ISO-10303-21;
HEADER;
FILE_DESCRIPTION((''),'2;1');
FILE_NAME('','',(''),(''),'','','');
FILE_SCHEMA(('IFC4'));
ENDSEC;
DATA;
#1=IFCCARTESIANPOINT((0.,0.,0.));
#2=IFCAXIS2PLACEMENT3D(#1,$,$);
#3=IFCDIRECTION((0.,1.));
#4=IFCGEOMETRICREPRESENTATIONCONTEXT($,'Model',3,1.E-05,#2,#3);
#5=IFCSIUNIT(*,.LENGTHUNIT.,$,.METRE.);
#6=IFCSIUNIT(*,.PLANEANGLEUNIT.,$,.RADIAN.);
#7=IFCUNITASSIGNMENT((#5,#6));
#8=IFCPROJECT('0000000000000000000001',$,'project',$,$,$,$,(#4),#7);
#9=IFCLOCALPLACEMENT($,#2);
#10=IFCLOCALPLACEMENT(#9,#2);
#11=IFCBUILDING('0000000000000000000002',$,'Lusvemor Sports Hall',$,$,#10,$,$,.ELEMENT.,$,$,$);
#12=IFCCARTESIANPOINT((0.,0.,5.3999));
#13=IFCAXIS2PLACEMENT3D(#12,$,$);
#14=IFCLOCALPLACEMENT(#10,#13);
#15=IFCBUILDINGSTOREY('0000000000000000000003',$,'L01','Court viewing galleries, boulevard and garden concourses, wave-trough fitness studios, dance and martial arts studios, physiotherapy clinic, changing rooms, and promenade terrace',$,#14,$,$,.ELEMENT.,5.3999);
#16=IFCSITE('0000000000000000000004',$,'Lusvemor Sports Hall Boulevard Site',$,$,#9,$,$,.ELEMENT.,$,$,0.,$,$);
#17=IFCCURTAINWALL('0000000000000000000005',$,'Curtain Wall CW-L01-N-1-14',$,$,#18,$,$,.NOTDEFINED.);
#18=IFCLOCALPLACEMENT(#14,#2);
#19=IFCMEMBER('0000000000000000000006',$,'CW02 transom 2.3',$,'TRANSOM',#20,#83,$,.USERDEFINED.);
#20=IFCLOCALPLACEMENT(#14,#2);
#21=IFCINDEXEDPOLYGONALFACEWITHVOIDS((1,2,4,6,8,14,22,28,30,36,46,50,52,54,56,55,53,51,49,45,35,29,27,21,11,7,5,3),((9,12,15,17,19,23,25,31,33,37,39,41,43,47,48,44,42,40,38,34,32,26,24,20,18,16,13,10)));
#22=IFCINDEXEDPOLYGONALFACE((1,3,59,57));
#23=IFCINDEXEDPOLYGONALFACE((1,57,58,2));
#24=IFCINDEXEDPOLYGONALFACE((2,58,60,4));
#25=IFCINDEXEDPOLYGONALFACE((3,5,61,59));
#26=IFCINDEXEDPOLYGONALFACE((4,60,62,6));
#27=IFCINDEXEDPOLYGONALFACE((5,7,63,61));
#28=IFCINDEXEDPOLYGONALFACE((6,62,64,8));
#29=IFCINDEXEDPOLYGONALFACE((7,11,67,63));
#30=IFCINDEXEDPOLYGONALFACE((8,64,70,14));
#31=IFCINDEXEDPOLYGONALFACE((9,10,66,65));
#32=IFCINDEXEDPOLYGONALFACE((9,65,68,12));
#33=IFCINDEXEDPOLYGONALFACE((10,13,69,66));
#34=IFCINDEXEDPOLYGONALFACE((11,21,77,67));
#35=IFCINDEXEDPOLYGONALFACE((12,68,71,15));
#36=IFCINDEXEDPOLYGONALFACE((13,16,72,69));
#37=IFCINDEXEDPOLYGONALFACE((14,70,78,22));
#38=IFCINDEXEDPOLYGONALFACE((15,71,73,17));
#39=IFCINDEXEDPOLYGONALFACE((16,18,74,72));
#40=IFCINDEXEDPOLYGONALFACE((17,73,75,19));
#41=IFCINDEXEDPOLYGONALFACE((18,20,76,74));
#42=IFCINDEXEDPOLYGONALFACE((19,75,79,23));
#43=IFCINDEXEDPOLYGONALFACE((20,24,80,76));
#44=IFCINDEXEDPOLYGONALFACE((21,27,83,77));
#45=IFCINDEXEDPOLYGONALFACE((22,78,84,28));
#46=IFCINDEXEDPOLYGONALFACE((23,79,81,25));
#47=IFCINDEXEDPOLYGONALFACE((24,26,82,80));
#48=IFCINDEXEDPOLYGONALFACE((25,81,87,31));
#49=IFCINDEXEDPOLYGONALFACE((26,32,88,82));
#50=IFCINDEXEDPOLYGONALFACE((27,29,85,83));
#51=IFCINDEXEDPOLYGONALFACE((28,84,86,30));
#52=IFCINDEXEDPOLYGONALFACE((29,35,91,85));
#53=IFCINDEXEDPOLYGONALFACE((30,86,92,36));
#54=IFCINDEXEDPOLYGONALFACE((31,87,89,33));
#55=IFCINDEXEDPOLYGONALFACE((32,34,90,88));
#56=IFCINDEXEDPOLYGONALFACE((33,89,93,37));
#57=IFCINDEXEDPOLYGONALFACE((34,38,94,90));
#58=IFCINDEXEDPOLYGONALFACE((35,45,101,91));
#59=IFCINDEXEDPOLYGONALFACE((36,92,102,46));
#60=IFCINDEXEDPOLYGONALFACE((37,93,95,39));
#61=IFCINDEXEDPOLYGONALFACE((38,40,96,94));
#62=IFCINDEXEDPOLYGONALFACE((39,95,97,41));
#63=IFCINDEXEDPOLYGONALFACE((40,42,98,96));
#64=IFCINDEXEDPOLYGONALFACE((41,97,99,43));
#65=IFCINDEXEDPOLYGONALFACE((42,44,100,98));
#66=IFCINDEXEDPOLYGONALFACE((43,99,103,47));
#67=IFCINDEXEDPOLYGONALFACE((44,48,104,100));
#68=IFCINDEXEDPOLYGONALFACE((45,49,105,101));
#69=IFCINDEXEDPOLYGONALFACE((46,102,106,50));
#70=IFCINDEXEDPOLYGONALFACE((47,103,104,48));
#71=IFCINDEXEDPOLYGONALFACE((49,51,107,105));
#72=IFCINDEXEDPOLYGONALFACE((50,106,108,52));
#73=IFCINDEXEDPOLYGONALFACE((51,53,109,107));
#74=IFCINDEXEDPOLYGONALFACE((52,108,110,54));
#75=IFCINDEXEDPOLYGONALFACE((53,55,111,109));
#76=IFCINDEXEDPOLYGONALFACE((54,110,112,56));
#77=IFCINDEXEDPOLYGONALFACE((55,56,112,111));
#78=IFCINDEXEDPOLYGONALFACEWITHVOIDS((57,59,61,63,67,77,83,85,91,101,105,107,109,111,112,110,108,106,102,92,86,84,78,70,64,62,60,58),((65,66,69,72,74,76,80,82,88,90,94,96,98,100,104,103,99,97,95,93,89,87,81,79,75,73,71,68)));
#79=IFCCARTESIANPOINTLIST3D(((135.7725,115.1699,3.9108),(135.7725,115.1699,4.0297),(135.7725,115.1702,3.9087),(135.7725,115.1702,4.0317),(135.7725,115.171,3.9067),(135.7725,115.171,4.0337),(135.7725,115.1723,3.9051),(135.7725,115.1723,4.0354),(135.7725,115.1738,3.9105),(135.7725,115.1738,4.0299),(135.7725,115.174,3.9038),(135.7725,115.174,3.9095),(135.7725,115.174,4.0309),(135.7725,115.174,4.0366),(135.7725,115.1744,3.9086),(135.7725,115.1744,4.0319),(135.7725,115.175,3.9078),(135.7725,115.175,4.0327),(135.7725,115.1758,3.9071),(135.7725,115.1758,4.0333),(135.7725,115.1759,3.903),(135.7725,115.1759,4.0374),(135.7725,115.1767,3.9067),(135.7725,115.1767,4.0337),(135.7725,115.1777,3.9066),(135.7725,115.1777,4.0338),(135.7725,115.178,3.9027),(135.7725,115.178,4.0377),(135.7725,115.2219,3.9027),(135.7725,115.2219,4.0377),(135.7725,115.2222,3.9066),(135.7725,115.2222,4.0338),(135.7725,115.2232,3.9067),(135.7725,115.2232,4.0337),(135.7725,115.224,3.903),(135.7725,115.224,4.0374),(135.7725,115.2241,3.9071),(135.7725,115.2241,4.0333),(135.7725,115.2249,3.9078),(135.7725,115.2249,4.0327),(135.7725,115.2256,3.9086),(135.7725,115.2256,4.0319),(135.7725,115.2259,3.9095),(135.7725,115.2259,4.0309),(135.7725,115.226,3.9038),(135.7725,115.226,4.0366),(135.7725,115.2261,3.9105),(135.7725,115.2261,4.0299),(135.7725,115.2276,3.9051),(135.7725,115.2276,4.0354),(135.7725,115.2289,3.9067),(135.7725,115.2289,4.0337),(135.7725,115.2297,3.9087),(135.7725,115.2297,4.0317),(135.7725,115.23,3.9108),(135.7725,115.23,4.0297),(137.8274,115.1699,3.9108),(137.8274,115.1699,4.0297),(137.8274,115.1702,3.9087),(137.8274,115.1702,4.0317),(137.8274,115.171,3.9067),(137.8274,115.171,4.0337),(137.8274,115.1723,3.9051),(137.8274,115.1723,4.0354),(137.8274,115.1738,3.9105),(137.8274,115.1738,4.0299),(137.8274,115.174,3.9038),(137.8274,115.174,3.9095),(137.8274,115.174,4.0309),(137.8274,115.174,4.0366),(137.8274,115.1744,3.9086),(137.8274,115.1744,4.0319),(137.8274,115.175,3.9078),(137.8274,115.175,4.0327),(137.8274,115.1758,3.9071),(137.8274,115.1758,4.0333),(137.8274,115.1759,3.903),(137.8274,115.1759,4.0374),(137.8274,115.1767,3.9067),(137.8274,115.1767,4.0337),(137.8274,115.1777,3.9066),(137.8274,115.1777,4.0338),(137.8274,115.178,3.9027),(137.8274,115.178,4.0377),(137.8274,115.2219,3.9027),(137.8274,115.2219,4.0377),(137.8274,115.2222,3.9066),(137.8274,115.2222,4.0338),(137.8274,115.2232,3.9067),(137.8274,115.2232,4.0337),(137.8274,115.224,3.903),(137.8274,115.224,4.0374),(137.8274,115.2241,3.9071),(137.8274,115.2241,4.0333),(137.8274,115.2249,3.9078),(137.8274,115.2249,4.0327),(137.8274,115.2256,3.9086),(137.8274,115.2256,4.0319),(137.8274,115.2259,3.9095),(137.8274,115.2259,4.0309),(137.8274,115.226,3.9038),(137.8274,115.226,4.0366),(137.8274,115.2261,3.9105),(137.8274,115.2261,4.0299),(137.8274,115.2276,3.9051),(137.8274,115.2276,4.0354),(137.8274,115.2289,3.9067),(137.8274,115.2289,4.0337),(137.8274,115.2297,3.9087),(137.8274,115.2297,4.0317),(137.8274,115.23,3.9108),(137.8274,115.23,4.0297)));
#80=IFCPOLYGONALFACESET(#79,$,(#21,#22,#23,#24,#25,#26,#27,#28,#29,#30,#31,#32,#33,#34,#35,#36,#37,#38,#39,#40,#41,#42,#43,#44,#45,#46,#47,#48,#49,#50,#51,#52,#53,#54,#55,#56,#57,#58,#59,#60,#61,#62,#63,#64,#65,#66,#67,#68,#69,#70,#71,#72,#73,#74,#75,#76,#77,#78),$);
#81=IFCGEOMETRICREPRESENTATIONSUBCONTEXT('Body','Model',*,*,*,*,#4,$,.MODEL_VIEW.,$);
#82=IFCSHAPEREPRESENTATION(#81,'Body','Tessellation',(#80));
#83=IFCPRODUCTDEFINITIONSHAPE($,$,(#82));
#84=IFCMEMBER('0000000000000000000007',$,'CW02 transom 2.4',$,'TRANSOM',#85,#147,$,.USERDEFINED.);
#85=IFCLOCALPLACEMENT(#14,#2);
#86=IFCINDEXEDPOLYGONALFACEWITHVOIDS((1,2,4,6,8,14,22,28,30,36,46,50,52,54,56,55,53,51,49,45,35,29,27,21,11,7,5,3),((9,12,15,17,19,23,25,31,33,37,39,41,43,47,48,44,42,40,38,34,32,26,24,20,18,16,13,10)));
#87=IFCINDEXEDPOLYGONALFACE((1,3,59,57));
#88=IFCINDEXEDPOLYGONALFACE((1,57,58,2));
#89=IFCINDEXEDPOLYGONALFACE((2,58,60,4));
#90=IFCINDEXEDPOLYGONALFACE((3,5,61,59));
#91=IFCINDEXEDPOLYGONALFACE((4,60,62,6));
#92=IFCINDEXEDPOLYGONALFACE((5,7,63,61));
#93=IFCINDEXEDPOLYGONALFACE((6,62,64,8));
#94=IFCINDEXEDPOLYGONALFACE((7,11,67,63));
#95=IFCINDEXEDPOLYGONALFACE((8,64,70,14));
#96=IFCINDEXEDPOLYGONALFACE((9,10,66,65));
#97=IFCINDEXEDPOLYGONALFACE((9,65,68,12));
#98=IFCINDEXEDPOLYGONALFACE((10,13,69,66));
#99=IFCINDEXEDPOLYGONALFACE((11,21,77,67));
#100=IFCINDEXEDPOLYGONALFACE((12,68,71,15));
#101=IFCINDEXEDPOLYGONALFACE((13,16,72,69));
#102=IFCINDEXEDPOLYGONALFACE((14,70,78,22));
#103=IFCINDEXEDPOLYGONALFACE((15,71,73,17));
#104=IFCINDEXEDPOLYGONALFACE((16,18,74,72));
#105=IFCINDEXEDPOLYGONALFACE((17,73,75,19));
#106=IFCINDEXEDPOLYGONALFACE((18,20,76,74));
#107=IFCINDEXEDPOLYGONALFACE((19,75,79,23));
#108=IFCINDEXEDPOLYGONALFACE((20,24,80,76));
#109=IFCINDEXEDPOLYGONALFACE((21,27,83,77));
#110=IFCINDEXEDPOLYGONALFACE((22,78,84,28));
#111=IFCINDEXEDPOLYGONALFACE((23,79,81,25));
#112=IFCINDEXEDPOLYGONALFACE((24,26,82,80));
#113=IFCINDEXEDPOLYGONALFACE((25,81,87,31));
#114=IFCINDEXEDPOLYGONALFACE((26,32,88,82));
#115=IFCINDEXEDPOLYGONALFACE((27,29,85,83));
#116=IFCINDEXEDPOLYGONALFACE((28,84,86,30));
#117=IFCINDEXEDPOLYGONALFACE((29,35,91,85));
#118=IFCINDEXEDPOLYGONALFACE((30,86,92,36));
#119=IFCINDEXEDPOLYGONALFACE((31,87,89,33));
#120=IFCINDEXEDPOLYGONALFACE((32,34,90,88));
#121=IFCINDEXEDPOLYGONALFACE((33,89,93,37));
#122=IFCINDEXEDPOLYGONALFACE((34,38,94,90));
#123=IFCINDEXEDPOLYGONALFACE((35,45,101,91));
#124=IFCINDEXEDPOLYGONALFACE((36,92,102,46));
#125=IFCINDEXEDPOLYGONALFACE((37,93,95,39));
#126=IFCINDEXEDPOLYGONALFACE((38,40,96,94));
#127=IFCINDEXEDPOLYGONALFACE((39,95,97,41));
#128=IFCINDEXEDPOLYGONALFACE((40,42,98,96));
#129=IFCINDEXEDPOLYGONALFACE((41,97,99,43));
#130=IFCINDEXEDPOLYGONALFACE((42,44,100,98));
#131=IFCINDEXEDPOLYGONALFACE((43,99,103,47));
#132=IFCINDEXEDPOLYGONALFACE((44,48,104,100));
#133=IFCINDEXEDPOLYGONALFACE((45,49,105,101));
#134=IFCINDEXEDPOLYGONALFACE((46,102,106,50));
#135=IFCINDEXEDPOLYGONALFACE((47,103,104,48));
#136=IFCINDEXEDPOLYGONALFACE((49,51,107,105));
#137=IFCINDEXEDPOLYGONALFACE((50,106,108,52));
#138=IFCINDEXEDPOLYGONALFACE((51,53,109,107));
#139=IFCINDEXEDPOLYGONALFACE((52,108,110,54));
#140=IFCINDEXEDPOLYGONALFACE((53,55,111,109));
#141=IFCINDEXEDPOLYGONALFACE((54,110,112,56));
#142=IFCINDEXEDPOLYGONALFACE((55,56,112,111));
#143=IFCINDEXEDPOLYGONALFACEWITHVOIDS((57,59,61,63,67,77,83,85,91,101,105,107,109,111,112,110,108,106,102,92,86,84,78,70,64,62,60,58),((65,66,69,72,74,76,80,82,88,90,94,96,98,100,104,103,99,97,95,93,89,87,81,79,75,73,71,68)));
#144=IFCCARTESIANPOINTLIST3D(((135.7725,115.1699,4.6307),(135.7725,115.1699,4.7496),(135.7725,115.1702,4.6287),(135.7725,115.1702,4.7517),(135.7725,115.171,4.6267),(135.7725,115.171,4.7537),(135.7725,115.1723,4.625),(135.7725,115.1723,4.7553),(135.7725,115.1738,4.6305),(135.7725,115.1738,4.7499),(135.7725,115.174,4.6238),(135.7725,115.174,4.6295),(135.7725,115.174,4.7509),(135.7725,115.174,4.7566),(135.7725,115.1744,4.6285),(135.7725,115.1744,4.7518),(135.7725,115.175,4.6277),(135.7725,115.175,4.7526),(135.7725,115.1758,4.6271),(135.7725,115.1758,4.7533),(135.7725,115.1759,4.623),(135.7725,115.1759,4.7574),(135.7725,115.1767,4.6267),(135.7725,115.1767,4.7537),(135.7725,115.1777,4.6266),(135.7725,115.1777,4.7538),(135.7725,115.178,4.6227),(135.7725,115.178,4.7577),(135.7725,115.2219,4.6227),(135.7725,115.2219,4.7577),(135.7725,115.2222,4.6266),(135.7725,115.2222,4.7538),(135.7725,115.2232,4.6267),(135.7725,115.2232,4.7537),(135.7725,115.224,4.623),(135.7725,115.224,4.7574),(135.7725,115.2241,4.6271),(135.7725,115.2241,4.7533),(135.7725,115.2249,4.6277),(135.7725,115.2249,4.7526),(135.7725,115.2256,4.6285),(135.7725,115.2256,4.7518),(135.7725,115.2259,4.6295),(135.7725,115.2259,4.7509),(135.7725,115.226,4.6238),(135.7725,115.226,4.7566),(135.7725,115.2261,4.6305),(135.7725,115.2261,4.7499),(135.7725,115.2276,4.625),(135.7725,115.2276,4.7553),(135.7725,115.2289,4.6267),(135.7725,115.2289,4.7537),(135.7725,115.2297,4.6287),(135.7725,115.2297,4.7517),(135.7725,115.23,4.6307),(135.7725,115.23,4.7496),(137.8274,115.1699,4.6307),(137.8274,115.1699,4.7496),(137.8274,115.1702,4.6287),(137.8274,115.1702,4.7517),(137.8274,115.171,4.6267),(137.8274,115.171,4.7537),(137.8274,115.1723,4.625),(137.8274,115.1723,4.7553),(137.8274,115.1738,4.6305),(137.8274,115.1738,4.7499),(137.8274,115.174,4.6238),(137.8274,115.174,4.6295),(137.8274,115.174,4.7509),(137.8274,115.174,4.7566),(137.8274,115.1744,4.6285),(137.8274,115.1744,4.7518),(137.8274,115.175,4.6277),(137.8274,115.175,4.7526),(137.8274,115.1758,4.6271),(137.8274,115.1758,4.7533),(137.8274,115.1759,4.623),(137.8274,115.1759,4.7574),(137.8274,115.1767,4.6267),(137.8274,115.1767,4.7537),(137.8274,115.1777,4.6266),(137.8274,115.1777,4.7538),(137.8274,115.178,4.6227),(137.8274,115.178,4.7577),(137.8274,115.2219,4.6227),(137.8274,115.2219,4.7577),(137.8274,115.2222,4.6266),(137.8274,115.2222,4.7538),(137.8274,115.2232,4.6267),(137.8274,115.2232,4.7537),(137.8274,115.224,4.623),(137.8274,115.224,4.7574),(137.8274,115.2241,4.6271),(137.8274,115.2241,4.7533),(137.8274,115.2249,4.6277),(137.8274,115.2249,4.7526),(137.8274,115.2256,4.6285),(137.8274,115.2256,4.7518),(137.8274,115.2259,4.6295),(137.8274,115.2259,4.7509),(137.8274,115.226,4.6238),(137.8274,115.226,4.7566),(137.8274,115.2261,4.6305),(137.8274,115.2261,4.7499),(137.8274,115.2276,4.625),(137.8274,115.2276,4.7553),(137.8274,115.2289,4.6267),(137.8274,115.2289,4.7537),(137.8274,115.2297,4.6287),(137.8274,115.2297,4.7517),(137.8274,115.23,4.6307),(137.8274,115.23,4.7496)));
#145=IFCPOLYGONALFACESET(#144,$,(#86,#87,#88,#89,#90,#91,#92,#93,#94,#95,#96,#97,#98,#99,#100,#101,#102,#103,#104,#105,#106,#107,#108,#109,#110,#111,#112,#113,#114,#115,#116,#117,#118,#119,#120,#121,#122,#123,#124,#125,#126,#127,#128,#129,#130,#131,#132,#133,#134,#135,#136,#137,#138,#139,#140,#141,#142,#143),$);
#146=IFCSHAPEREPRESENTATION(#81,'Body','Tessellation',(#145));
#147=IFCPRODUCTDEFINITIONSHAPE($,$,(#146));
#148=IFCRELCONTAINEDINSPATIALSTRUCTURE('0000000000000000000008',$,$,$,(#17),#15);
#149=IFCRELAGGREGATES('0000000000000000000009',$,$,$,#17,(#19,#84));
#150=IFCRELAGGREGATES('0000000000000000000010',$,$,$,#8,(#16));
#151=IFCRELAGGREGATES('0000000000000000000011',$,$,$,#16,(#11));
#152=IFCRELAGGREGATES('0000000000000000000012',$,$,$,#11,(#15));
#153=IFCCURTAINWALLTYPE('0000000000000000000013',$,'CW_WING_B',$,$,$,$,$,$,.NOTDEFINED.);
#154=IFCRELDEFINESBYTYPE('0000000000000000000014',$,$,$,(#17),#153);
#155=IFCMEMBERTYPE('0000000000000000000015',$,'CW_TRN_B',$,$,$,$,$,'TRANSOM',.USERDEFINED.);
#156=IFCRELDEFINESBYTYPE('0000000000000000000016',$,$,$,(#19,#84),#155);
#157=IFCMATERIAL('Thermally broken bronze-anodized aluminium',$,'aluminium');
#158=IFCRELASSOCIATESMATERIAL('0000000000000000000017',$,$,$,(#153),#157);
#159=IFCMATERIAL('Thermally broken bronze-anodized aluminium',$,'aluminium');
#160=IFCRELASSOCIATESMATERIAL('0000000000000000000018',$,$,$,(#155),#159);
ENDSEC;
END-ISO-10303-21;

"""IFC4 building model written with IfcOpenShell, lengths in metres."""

from ifc_helpers import new_model, si_unit, direction, frame, origin, origin_2d, place, context, subcontext, project, spatial, hollow_rectangle, extrude, material, material_profile, profile_set, type_object, element, aggregate, save


model = new_model("IFC4")

# Units and contexts
model_context = context("Model", 3, precision=1e-05, world=origin(), true_north=direction((0.0, 1.0)))
body_context = subcontext(model_context, "Body", "Model", "MODEL_VIEW")
ifc_project = project(units=[si_unit("LENGTHUNIT", "METRE"), si_unit("PLANEANGLEUNIT", "RADIAN")], contexts=[model_context])

# Site, building, storey
site_placement = place(None, origin())
site = spatial("IfcSite", under=ifc_project, at=site_placement, Name="Lusvemor Sports Hall Boulevard Site", CompositionType="ELEMENT", RefElevation=0.0)
building_placement = place(site_placement, origin())
building = spatial("IfcBuilding", under=site, at=building_placement, Name="Lusvemor Sports Hall", CompositionType="ELEMENT")
storey_placement = place(building_placement, frame((0.0, 0.0, 5.3999)))
storey = spatial("IfcBuildingStorey", under=building, at=storey_placement, Name="L01", Description="Court viewing galleries, boulevard and garden concourses, wave-trough fitness studios, dance and martial arts studios, physiotherapy clinic, changing rooms, and promenade terrace", CompositionType="ELEMENT", Elevation=5.3999)

# Curtain wall, members
ifc_material_1 = material(Name="Thermally broken bronze-anodized aluminium", Category="aluminium")
curtain_wall_type = type_object("IfcCurtainWallType", Name="CW_WING_B", PredefinedType="NOTDEFINED", material=ifc_material_1)
curtain_wall_placement = place(storey_placement, origin())
curtain_wall = element("IfcCurtainWall", 1, at=curtain_wall_placement, inside=storey, type_object=curtain_wall_type, Name="Curtain Wall CW-L01-N-1-14", PredefinedType="NOTDEFINED")
ifc_material_2 = material(Name="Thermally broken bronze-anodized aluminium", Category="aluminium")
ifc_material_profile_1 = material_profile(ifc_material_2, hollow_rectangle(XDim=0.0601, YDim=0.135, WallThickness=0.0039, InnerFilletRadius=0.0039, OuterFilletRadius=0.0081, at=origin_2d()), Name="CWTRN135x60x4")
ifc_profile_set_1 = profile_set([ifc_material_profile_1], Name="Thermally broken bronze-anodized aluminium")
member_type_1 = type_object("IfcMemberType", Name="CW_TRN_B", ElementType="TRANSOM", PredefinedType="USERDEFINED", material=ifc_profile_set_1)
member_1_placement = place(storey_placement, frame((135.7725, 115.2, 3.9702), z_axis=(1.0, 0.0, 0.0), x_axis=(0.0, 1.0, 0.0)))
member_1 = element("IfcMember", 2, at=member_1_placement, type_object=member_type_1, Name="CW02 transom 2.3", ObjectType="TRANSOM", PredefinedType="USERDEFINED", context=body_context, shape_type="SweptSolid", body=[
    extrude(hollow_rectangle(XDim=0.0601, YDim=0.135, WallThickness=0.0039, InnerFilletRadius=0.0039, OuterFilletRadius=0.0081, at=origin_2d()), origin(), (0.0, 0.0, 1.0), 2.0549),
])
member_2_placement = place(storey_placement, frame((135.7725, 115.2, 4.6902), z_axis=(1.0, 0.0, 0.0), x_axis=(0.0, 1.0, 0.0)))
member_2 = element("IfcMember", 3, at=member_2_placement, type_object=member_type_1, Name="CW02 transom 2.4", ObjectType="TRANSOM", PredefinedType="USERDEFINED", context=body_context, shape_type="SweptSolid", body=[
    extrude(hollow_rectangle(XDim=0.0601, YDim=0.135, WallThickness=0.0039, InnerFilletRadius=0.0039, OuterFilletRadius=0.0081, at=origin_2d()), origin(), (0.0, 0.0, 1.0), 2.0549),
])

aggregate(curtain_wall, [member_1, member_2])

save(model, "model.ifc")
